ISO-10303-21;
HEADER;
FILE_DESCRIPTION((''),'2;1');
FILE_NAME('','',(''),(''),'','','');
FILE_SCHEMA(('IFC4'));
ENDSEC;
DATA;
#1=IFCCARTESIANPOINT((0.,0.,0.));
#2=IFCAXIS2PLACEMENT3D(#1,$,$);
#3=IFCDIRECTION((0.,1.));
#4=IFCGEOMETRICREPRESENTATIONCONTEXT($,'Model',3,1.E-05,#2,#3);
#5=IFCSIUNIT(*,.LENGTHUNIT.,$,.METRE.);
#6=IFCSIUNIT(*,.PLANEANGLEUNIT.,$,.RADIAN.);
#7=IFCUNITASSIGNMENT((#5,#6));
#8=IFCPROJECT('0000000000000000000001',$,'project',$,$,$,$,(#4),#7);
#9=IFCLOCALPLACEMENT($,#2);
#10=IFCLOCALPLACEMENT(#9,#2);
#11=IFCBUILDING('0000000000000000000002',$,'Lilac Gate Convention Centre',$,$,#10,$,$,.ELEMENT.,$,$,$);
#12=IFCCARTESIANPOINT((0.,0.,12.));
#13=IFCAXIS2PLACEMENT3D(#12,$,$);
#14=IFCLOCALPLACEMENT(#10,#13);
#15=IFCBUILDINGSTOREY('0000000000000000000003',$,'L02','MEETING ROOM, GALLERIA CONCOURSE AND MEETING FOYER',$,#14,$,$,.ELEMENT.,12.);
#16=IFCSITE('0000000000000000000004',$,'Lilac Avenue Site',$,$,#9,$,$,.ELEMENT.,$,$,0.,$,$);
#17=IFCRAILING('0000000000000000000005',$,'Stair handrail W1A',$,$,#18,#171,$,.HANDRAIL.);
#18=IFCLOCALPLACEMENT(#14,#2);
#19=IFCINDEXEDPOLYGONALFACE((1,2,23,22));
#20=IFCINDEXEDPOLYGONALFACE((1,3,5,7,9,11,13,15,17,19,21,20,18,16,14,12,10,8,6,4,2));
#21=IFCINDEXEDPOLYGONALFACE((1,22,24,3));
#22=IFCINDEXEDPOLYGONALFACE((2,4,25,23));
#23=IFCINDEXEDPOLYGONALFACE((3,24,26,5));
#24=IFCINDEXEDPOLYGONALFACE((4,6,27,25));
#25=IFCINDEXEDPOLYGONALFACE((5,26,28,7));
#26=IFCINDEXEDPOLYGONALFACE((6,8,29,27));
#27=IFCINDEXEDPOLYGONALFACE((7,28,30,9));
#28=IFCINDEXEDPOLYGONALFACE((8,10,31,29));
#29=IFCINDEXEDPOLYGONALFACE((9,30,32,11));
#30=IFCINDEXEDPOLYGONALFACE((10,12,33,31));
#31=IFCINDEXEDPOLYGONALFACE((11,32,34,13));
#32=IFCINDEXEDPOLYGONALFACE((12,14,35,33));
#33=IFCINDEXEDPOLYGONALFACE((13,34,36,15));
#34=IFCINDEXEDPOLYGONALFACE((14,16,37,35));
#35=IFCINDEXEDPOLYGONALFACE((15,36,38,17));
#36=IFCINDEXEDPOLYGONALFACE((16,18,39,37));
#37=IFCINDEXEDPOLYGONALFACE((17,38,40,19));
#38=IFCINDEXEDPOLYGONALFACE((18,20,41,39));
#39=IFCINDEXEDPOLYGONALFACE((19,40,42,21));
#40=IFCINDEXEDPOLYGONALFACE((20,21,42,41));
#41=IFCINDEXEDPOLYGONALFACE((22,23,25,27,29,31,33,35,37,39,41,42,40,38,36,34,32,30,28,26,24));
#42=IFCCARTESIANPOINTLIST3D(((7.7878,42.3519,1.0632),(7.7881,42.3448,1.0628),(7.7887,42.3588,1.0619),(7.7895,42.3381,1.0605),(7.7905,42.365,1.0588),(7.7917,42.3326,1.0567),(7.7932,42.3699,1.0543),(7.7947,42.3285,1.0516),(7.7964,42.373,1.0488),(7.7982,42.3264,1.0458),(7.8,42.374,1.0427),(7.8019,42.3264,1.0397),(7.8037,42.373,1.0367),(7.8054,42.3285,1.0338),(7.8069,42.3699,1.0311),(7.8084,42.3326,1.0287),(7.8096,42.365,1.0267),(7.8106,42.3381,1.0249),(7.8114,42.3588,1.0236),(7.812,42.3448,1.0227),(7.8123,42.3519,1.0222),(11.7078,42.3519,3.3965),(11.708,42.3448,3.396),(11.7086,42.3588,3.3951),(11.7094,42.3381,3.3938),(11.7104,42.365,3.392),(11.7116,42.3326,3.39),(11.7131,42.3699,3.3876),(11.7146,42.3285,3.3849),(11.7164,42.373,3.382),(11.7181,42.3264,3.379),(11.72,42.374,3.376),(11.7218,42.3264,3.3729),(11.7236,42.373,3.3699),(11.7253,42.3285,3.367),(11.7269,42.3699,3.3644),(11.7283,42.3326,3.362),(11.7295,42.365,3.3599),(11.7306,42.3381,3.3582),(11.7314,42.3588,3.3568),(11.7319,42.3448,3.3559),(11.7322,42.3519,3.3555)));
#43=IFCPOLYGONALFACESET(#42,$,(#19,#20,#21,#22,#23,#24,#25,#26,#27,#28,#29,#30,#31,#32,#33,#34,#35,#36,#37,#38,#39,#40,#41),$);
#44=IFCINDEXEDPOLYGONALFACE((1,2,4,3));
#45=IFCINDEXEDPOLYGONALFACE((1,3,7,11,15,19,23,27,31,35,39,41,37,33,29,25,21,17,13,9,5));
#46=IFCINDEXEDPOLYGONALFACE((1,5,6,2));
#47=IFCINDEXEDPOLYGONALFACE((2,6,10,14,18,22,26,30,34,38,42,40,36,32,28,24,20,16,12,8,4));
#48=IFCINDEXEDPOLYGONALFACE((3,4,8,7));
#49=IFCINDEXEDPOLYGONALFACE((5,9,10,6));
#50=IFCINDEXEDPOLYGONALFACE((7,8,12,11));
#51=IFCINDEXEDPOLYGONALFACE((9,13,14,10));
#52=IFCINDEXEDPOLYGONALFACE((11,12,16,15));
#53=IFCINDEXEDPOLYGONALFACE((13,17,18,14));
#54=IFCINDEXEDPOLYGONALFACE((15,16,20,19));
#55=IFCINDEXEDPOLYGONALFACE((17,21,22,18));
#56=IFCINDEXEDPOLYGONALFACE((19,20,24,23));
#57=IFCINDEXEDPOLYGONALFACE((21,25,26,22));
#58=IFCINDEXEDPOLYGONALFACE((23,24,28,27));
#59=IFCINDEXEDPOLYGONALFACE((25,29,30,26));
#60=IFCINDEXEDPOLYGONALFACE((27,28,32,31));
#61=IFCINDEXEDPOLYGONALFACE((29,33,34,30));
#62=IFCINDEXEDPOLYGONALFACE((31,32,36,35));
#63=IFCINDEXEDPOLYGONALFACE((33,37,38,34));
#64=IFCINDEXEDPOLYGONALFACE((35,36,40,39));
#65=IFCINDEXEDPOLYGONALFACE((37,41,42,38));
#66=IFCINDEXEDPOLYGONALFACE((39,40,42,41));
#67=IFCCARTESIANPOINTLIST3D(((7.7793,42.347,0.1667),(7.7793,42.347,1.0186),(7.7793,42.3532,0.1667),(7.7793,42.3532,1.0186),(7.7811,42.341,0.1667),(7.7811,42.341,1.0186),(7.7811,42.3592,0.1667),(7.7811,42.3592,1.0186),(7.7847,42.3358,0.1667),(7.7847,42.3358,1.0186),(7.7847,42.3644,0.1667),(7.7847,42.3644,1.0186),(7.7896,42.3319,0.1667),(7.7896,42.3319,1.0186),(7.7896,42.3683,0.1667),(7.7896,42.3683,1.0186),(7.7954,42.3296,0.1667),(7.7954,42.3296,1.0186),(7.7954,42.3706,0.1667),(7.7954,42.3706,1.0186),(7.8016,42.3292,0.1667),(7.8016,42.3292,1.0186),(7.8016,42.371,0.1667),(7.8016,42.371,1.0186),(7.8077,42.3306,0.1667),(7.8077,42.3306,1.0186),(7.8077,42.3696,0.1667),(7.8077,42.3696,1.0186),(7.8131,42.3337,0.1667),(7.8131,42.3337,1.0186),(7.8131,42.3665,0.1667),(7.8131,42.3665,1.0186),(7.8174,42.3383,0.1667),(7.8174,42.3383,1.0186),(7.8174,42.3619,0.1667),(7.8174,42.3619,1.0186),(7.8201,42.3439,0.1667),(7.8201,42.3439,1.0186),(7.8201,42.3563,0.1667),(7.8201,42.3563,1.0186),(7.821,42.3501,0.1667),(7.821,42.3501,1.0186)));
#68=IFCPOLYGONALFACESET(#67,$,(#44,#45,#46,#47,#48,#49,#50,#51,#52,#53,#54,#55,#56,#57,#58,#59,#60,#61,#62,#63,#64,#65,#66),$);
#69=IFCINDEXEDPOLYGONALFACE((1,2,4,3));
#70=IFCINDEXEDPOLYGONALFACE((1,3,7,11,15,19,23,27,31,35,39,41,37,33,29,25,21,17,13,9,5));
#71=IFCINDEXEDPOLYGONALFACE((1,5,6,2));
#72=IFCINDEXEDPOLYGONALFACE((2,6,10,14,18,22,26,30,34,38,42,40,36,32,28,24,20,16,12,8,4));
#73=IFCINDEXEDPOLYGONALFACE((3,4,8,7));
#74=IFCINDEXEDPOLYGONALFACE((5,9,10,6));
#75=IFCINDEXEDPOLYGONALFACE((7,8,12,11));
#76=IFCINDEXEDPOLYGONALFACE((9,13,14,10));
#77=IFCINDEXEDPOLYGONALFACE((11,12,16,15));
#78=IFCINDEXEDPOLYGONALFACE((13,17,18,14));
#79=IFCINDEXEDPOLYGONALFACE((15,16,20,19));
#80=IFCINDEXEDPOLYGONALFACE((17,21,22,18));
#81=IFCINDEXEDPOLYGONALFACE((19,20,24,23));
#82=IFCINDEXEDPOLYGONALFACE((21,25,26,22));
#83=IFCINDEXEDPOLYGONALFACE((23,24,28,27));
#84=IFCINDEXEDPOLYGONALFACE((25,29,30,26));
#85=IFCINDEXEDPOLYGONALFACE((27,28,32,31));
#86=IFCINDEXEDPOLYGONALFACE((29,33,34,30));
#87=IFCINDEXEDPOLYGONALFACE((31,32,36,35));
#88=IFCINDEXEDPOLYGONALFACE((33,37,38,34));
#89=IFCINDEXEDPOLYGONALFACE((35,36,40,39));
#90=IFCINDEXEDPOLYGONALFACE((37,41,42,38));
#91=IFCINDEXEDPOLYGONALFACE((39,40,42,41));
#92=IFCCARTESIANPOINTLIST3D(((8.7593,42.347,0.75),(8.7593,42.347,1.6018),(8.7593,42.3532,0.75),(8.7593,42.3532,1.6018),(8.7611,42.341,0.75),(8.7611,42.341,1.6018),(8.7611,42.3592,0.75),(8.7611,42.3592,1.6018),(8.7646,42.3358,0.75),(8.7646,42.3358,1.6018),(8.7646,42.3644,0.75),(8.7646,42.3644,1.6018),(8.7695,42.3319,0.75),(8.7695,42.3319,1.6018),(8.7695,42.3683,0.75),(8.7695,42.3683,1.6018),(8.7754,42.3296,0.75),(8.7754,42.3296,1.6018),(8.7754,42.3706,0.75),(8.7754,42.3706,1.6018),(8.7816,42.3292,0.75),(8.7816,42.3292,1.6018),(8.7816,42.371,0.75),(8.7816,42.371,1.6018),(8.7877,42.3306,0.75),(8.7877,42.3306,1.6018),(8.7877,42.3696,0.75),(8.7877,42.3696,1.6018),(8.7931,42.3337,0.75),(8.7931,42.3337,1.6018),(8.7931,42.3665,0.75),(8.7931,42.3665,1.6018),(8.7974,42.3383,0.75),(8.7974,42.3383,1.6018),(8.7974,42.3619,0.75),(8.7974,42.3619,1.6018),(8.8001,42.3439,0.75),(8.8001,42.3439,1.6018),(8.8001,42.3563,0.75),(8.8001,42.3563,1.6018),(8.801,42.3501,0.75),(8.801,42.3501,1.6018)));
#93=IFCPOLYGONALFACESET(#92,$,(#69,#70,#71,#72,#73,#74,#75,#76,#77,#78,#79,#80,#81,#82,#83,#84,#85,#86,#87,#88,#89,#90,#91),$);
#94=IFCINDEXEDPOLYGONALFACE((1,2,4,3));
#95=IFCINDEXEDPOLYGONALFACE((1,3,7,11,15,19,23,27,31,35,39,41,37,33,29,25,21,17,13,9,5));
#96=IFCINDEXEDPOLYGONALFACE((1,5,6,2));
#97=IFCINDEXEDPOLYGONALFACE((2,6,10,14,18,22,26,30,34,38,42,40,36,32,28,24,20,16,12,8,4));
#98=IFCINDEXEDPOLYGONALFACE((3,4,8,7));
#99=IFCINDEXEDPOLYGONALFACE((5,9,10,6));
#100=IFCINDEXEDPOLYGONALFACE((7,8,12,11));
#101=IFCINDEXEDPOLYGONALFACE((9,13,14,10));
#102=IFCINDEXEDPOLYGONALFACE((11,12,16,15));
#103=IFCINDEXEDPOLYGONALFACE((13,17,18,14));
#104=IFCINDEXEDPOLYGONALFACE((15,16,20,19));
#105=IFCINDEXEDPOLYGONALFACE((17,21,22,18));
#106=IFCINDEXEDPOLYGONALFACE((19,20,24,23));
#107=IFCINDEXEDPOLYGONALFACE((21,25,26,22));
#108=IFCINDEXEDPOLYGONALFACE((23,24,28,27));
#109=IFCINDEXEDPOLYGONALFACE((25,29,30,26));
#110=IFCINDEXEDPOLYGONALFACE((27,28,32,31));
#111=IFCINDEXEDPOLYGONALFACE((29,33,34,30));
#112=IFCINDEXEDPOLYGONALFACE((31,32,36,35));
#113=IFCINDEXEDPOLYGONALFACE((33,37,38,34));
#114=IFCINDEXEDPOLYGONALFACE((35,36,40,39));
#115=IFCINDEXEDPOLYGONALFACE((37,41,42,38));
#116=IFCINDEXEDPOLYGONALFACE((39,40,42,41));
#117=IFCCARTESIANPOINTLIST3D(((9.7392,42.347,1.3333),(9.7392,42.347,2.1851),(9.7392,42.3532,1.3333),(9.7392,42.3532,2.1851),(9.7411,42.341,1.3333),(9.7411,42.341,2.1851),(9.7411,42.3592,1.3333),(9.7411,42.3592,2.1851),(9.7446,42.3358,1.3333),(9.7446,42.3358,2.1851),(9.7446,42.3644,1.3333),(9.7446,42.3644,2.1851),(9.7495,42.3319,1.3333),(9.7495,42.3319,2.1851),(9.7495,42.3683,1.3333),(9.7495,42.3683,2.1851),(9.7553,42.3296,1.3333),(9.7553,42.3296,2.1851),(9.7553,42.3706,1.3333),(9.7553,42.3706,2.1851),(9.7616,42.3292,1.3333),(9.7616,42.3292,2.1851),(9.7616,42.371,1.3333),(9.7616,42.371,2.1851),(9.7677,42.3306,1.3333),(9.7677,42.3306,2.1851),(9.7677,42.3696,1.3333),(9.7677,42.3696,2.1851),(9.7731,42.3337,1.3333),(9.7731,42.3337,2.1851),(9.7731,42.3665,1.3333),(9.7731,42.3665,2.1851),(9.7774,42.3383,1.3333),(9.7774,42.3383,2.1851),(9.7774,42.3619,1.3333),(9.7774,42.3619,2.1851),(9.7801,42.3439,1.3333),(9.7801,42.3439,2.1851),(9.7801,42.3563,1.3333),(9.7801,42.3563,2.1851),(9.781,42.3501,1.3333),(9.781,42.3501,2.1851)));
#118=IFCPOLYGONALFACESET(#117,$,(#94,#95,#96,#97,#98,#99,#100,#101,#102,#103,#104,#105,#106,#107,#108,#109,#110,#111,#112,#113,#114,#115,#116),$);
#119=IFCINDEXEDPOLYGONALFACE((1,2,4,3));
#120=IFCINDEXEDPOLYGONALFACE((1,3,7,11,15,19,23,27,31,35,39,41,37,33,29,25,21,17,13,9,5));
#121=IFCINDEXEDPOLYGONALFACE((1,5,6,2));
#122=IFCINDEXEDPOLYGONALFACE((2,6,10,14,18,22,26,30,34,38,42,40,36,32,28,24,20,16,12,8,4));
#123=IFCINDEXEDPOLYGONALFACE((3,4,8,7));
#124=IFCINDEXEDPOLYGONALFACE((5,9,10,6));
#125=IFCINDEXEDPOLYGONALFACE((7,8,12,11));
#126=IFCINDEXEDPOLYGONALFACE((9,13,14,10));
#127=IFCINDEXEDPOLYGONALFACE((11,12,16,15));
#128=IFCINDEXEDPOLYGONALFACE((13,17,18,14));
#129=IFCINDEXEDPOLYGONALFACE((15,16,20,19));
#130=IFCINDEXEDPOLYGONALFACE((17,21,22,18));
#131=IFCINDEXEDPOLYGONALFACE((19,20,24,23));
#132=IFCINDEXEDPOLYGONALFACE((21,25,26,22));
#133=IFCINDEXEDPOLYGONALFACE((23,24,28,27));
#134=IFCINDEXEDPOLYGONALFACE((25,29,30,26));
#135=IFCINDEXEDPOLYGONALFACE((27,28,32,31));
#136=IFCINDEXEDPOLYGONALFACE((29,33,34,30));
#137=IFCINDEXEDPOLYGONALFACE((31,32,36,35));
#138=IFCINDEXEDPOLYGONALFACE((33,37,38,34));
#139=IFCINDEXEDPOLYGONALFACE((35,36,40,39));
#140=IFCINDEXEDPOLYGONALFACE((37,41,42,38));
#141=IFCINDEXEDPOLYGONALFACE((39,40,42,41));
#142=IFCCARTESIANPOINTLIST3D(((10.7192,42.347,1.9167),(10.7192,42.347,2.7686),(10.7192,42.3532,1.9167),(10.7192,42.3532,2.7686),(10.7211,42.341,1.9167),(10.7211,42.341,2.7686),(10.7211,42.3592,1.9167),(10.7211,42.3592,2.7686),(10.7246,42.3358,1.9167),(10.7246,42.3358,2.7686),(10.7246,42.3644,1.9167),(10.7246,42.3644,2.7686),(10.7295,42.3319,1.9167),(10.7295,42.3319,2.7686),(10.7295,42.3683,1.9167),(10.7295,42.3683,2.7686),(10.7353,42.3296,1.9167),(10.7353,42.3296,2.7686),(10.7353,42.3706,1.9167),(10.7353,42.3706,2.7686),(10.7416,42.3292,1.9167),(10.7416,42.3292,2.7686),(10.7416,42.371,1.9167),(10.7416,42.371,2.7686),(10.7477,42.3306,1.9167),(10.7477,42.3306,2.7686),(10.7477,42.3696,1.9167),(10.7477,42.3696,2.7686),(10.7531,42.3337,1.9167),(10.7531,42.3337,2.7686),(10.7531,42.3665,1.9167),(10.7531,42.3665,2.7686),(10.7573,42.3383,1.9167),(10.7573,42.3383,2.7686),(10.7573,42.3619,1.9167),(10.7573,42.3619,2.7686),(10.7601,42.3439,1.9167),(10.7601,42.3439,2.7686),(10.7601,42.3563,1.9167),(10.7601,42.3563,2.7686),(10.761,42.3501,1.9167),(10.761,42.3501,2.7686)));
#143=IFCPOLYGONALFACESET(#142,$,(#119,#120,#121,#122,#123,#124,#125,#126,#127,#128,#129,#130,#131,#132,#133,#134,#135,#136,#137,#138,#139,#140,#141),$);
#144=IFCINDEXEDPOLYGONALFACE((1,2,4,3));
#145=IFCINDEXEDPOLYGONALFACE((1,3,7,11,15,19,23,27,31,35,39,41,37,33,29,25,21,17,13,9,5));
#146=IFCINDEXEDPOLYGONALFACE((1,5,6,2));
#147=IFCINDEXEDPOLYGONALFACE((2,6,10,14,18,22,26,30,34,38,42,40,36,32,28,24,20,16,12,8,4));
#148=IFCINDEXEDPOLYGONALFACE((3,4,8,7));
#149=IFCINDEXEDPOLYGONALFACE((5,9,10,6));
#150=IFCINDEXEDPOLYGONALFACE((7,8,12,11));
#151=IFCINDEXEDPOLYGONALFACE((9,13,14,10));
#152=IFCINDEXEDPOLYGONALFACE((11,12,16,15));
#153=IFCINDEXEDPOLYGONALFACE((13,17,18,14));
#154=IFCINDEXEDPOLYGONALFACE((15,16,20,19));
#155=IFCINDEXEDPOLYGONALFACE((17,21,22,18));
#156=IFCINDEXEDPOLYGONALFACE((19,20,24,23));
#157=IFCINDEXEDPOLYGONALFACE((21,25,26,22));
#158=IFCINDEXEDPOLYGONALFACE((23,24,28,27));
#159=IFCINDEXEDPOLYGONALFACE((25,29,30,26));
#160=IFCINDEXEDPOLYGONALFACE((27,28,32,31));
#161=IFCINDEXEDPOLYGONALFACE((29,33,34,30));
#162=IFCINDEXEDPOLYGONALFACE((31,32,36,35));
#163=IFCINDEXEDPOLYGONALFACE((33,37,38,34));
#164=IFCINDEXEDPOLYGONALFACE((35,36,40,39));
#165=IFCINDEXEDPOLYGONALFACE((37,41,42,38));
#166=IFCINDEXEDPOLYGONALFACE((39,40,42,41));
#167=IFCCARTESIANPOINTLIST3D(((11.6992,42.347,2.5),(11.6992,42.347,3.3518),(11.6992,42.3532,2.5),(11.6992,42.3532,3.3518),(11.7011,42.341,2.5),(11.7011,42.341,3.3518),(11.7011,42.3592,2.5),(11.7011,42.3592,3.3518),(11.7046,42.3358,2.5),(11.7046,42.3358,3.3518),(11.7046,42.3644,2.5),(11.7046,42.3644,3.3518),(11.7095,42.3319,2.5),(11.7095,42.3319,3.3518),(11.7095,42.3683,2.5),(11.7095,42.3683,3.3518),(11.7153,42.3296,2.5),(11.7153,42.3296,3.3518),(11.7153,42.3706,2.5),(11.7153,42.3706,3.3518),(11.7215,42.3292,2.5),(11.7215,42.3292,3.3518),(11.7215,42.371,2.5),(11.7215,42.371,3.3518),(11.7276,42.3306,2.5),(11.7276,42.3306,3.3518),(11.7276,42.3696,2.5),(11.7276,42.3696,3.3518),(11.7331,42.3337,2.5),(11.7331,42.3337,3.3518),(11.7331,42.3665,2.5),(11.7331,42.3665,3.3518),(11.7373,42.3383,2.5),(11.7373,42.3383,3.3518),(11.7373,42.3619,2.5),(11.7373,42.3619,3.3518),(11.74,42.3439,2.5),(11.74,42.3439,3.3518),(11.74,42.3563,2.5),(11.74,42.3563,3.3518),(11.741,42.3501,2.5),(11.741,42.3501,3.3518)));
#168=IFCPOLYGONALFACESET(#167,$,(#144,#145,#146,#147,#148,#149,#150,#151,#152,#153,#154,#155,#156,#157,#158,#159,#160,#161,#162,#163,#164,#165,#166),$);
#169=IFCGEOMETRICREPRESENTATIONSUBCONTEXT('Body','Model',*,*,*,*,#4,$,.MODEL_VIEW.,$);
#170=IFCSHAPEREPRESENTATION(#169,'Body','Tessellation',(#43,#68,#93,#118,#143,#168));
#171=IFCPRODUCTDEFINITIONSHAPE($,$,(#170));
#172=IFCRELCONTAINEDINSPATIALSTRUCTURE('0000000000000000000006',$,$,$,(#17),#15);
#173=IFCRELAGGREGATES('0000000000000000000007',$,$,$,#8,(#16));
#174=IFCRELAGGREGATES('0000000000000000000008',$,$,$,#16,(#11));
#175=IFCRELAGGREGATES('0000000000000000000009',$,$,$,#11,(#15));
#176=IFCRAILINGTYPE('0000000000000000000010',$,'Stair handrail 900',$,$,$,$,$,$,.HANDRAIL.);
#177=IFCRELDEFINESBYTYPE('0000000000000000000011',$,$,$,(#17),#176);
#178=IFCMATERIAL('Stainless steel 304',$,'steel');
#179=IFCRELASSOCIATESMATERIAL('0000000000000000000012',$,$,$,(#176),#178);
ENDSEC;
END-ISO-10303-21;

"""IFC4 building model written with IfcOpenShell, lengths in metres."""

from ifc_helpers import new_model, si_unit, direction, frame, origin, origin_2d, place, context, subcontext, project, spatial, circle, extrude, material, type_object, element, save


model = new_model("IFC4")

# Units and contexts
model_context = context("Model", 3, precision=1e-05, world=origin(), true_north=direction((0.0, 1.0)))
body_context = subcontext(model_context, "Body", "Model", "MODEL_VIEW")
ifc_project = project(units=[si_unit("LENGTHUNIT", "METRE"), si_unit("PLANEANGLEUNIT", "RADIAN")], contexts=[model_context])

# Site, building, storey
site_placement = place(None, origin())
site = spatial("IfcSite", under=ifc_project, at=site_placement, Name="Lilac Avenue Site", CompositionType="ELEMENT", RefElevation=0.0)
building_placement = place(site_placement, origin())
building = spatial("IfcBuilding", under=site, at=building_placement, Name="Lilac Gate Convention Centre", CompositionType="ELEMENT")
storey_placement = place(building_placement, frame((0.0, 0.0, 12.0)))
storey = spatial("IfcBuildingStorey", under=building, at=storey_placement, Name="L02", Description="MEETING ROOM, GALLERIA CONCOURSE AND MEETING FOYER", CompositionType="ELEMENT", Elevation=12.0)

# Shared definitions
ifc_material_1 = material(Name="Stainless steel 304", Category="steel")

# Railing
railing_type = type_object("IfcRailingType", Name="Stair handrail 900", PredefinedType="HANDRAIL", material=ifc_material_1)
for number, where, name in (
    (1, (7.8, 42.3501, 0.1667), "Stair handrail W1A"),
):
    element("IfcRailing", number, at=place(storey_placement, frame(where)), inside=storey, type_object=railing_type, Name=name, PredefinedType="HANDRAIL", context=body_context, shape_type="SweptSolid", body=[
        extrude(circle(Radius=0.0239, at=origin_2d()), frame((0.0, 0.0, 0.876), z_axis=(0.859296, 0.0, 0.511478), x_axis=(0.0, 1.0, 0.0)), (0.0, 0.0, 1.0), 4.5618),
        extrude(circle(Radius=0.021, at=origin_2d()), origin(), (0.0, 0.0, 1.0), 0.8518),
        extrude(circle(Radius=0.021, at=origin_2d()), frame((0.98, 0.0, 0.5833)), (0.0, 0.0, 1.0), 0.8518),
        extrude(circle(Radius=0.021, at=origin_2d()), frame((1.96, 0.0, 1.1665)), (0.0, 0.0, 1.0), 0.8518),
        extrude(circle(Radius=0.021, at=origin_2d()), frame((2.9399, 0.0, 1.75)), (0.0, 0.0, 1.0), 0.8518),
        extrude(circle(Radius=0.021, at=origin_2d()), frame((3.9199, 0.0, 2.3333)), (0.0, 0.0, 1.0), 0.8518),
    ])

save(model, "model.ifc")
